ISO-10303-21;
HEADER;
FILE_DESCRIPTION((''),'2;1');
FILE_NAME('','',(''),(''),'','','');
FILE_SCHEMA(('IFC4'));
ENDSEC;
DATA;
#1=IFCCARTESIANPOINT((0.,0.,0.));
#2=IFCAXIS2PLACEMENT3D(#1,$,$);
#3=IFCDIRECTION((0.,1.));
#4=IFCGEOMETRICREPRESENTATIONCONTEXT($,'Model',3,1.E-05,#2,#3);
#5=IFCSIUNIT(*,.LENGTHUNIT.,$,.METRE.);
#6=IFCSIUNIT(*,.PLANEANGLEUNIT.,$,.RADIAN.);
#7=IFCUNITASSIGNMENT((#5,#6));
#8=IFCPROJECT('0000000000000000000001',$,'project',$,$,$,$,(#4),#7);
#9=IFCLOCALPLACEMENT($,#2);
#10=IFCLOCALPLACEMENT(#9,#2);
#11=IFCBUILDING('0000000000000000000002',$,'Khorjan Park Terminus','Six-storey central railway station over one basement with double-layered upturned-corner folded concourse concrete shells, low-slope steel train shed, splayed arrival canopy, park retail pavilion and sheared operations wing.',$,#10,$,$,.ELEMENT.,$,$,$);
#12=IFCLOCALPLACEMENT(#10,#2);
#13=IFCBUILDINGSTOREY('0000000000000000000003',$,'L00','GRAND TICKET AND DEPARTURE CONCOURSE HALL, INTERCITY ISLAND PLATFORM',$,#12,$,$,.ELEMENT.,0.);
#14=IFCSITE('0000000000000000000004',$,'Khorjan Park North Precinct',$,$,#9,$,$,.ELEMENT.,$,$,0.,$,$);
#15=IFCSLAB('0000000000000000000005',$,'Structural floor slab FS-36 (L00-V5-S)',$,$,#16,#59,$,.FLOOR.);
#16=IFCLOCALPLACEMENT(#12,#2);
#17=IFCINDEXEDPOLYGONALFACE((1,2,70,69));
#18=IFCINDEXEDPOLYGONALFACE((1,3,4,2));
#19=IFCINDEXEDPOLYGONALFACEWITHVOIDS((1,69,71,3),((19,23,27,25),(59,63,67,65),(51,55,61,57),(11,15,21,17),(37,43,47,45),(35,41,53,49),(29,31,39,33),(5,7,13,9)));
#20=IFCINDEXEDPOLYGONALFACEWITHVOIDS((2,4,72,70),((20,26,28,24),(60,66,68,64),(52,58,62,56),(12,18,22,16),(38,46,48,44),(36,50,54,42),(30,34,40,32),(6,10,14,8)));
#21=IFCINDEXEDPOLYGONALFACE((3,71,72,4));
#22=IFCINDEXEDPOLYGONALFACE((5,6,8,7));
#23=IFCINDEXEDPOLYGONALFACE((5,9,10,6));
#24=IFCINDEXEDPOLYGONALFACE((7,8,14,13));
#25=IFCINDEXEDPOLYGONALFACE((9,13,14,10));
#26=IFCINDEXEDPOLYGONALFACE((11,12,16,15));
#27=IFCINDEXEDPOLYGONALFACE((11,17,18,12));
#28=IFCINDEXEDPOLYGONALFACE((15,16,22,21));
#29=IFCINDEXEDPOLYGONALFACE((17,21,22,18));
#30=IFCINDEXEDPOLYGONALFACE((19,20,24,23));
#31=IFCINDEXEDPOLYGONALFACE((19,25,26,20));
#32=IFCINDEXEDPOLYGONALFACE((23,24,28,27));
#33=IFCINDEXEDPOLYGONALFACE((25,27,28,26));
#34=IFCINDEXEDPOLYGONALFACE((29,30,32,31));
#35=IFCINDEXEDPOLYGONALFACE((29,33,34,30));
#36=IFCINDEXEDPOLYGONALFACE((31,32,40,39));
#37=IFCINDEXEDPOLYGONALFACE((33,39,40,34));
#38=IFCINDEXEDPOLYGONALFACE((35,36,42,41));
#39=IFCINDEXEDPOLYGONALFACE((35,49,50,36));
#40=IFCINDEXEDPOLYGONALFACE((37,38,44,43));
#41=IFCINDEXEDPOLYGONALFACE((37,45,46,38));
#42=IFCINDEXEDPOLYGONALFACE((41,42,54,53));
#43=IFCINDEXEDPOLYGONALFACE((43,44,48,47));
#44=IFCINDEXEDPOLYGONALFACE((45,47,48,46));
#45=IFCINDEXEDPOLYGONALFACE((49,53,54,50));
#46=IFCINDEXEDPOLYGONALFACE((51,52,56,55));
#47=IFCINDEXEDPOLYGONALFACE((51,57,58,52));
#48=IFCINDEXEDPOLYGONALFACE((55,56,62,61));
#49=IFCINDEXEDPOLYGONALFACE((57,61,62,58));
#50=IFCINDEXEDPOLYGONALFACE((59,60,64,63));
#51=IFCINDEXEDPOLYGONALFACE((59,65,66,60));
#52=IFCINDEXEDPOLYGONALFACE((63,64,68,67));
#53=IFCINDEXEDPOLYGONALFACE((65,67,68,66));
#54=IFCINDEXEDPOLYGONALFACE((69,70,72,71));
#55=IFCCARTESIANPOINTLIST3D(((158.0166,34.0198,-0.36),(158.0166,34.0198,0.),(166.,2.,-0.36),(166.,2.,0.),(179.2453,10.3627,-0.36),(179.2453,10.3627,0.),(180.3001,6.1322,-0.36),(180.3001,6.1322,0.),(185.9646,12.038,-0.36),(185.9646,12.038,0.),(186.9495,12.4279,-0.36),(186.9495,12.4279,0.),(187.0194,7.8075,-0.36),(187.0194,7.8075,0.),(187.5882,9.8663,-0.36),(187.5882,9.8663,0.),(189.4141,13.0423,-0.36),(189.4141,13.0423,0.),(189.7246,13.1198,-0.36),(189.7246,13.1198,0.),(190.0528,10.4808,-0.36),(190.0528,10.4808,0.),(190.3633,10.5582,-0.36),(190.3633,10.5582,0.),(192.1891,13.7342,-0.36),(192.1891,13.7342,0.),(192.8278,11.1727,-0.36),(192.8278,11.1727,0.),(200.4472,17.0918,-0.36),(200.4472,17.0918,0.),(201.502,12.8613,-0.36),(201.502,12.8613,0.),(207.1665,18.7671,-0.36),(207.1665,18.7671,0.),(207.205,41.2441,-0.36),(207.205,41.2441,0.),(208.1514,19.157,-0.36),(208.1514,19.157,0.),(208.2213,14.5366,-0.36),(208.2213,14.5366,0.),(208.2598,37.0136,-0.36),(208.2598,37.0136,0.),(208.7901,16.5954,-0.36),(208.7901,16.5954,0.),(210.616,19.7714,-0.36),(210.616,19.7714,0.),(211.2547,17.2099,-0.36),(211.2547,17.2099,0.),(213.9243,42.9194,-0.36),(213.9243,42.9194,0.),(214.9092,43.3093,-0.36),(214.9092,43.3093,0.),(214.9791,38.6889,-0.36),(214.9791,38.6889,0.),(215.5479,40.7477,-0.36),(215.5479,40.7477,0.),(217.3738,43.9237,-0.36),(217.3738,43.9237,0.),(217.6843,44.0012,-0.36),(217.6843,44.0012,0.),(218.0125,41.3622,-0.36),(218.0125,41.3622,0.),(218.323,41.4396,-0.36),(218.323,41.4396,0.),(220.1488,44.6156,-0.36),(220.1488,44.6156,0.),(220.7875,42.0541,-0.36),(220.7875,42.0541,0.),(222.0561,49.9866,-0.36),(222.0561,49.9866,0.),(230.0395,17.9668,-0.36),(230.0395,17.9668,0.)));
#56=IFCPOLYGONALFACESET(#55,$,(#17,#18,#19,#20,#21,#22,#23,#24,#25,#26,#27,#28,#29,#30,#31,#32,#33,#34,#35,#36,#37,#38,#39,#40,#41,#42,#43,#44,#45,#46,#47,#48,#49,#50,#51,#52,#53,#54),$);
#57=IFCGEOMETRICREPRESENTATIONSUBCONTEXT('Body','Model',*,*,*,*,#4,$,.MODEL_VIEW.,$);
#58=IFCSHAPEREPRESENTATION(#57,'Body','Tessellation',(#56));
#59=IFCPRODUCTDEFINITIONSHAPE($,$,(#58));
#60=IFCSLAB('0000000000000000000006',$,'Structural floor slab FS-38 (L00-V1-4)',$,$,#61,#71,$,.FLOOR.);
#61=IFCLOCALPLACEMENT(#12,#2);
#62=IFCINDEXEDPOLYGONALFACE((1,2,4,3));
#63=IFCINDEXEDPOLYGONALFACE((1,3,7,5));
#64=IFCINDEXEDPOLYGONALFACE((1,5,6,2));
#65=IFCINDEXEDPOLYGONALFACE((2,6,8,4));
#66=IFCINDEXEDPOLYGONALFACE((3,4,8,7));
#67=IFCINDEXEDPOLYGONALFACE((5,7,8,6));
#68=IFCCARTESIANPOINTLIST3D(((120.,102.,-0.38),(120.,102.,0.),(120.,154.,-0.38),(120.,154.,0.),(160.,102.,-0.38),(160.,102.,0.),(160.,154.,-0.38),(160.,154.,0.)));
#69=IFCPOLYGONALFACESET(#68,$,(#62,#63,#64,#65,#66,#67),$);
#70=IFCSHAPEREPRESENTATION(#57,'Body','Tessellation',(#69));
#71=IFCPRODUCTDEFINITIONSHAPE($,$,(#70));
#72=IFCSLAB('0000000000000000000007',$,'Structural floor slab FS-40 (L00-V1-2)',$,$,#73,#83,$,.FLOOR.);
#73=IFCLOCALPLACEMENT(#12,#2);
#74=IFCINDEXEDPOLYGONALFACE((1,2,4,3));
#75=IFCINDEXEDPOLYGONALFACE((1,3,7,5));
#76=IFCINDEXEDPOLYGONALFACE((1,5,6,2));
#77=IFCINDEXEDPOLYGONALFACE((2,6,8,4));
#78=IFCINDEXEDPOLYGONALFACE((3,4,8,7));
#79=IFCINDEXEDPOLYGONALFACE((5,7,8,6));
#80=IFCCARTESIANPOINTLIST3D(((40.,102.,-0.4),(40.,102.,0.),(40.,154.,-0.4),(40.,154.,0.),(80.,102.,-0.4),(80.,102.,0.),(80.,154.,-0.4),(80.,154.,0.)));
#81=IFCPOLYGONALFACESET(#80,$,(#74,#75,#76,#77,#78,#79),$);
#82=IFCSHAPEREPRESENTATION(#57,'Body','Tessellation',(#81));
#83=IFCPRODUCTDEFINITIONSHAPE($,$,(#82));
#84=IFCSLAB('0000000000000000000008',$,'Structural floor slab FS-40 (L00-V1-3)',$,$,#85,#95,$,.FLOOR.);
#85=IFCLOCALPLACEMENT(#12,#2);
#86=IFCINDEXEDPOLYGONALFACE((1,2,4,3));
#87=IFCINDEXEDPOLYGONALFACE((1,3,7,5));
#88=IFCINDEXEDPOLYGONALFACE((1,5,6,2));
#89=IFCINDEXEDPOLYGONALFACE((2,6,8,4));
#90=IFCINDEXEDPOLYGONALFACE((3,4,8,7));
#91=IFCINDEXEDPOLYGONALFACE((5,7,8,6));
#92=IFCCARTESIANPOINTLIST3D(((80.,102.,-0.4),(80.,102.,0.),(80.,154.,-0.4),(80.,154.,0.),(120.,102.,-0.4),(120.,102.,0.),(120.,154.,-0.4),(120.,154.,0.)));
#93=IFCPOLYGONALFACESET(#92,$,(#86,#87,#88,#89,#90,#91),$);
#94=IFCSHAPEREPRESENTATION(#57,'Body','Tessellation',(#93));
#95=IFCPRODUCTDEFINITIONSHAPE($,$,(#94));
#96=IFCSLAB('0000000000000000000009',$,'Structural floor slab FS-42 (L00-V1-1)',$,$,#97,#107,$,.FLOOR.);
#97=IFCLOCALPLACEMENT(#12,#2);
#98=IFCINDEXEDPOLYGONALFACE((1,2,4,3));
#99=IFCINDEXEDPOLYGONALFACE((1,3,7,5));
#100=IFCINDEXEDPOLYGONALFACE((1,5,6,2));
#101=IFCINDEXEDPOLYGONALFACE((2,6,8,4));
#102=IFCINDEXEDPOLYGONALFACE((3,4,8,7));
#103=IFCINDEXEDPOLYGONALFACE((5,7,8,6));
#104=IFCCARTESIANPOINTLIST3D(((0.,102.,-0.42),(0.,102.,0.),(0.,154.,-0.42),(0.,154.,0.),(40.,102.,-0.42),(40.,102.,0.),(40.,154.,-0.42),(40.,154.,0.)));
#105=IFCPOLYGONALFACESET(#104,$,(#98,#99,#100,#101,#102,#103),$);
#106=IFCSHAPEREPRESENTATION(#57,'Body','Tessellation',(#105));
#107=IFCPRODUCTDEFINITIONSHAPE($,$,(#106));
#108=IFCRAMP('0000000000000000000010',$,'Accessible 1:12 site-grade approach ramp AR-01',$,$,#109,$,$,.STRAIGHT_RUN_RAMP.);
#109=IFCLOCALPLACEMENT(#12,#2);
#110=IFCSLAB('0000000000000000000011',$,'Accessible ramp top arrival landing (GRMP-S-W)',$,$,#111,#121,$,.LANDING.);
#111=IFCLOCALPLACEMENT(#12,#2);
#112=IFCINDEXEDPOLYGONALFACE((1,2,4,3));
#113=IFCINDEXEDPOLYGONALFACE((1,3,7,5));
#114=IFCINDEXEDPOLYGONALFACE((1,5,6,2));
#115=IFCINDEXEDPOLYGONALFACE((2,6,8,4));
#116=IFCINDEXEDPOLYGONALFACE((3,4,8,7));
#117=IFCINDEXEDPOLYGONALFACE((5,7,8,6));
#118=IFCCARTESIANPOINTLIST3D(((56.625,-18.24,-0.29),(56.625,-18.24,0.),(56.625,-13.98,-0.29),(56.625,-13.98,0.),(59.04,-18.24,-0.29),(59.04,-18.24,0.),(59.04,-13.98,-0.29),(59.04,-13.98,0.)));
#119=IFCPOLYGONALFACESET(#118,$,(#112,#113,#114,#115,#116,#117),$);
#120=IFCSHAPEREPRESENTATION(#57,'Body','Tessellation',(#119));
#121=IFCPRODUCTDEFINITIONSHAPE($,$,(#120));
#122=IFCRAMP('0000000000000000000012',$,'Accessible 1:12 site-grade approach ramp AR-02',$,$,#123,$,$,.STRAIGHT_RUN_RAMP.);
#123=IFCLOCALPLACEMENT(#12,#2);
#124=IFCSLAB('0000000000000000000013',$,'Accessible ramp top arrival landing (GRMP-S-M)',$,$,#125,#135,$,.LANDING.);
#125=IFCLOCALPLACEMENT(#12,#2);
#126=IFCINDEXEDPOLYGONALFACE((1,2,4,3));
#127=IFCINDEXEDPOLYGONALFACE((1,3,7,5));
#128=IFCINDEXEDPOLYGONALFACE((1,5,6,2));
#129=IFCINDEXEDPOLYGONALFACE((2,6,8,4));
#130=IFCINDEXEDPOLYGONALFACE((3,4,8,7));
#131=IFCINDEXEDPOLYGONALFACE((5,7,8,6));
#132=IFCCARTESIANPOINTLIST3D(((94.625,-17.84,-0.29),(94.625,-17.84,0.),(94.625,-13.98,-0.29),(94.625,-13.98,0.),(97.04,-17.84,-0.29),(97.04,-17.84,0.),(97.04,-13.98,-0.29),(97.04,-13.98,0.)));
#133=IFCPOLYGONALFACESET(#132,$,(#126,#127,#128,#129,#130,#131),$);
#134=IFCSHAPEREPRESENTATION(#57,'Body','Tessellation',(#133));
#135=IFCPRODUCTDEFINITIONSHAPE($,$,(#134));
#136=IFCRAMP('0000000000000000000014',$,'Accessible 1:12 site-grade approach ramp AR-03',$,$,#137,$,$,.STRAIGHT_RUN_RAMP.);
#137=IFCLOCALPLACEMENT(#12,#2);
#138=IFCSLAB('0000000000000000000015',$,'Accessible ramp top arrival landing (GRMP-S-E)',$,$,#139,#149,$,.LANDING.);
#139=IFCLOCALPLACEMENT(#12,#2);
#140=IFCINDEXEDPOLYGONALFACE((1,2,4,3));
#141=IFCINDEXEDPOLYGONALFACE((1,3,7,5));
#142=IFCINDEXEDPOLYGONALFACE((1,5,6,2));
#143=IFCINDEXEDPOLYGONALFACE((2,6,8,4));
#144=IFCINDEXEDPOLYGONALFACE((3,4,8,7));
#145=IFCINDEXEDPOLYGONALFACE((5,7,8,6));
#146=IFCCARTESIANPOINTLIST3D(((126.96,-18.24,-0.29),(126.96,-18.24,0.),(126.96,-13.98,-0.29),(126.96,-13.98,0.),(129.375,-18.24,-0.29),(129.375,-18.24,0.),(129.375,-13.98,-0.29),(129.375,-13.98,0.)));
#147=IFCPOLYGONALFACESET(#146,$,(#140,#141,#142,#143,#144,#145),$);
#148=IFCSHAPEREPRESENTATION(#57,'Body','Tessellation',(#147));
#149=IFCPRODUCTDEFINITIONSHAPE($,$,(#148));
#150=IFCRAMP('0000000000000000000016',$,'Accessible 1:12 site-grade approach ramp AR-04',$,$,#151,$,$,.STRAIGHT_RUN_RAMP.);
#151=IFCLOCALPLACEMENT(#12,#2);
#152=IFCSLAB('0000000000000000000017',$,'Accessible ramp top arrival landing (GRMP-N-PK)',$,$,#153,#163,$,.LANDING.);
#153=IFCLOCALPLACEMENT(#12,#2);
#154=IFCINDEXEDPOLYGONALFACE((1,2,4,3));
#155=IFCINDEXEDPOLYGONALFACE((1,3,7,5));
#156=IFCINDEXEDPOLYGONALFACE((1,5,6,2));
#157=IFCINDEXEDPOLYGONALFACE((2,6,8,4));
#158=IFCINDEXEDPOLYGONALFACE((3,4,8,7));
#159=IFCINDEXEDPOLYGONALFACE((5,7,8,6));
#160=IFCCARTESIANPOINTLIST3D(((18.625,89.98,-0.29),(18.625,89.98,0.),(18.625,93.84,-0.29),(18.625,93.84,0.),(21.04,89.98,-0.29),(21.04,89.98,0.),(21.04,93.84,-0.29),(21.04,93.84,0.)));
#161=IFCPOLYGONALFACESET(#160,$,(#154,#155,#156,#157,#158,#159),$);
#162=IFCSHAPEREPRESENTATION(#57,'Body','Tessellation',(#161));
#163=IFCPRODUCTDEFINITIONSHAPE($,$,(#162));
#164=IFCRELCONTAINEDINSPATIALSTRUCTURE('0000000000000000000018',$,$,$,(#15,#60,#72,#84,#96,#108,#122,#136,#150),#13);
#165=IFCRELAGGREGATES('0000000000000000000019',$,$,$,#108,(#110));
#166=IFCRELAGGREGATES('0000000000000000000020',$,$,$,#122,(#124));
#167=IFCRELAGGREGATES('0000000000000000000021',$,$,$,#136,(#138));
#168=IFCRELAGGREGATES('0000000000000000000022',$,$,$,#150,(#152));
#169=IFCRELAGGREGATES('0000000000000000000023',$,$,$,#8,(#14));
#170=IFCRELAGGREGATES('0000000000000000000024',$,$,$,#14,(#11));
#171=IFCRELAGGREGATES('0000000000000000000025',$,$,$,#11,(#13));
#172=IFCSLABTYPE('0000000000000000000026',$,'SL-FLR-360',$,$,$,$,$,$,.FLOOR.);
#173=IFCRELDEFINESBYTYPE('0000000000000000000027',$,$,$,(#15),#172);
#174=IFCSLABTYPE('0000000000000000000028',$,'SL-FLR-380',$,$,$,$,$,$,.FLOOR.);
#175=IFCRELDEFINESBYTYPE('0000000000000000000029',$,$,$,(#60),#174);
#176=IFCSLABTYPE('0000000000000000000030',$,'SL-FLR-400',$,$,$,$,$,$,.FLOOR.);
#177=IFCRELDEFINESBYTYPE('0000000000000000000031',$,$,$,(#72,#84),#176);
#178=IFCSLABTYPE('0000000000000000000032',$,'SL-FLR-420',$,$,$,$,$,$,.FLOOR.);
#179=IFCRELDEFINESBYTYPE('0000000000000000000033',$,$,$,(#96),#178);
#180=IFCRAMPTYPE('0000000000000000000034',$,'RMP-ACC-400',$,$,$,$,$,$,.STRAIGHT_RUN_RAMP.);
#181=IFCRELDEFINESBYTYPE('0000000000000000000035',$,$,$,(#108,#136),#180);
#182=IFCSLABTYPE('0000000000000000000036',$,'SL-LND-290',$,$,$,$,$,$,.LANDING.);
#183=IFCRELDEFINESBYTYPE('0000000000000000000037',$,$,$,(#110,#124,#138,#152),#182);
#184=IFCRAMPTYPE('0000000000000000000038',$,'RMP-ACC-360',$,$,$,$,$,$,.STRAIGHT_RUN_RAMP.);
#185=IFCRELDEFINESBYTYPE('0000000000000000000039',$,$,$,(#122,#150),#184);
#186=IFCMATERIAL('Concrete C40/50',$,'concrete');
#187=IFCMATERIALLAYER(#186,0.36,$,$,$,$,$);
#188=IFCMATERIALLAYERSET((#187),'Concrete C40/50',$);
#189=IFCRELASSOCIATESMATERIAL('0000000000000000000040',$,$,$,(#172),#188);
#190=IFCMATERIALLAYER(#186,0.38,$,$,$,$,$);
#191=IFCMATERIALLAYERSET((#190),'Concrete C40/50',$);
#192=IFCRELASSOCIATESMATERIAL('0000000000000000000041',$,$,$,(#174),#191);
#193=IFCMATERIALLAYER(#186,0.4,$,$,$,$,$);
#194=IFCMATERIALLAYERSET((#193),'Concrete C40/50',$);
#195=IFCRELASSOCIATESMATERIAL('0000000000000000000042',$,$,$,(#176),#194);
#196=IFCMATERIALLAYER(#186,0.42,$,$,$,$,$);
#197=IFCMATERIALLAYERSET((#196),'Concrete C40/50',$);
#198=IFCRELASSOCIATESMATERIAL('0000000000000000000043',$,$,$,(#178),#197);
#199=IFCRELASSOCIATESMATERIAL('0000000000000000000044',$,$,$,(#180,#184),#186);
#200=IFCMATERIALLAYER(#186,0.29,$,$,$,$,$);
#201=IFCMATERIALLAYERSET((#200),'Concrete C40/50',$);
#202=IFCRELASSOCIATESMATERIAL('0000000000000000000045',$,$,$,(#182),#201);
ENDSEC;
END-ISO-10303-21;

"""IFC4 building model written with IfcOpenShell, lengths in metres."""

from ifc_helpers import new_model, si_unit, direction, frame, origin, place, context, subcontext, project, spatial, polyline, outline, extrude, material, layer, layer_set, type_object, element, aggregate, save


model = new_model("IFC4")

# Units and contexts
model_context = context("Model", 3, precision=1e-05, world=origin(), true_north=direction((0.0, 1.0)))
body_context = subcontext(model_context, "Body", "Model", "MODEL_VIEW")
ifc_project = project(units=[si_unit("LENGTHUNIT", "METRE"), si_unit("PLANEANGLEUNIT", "RADIAN")], contexts=[model_context])

# Site, building, storey
site_placement = place(None, origin())
site = spatial("IfcSite", under=ifc_project, at=site_placement, Name="Khorjan Park North Precinct", CompositionType="ELEMENT", RefElevation=0.0)
building_placement = place(site_placement, origin())
building = spatial("IfcBuilding", under=site, at=building_placement, Name="Khorjan Park Terminus", Description="Six-storey central railway station over one basement with double-layered upturned-corner folded concourse concrete shells, low-slope steel train shed, splayed arrival canopy, park retail pavilion and sheared operations wing.", CompositionType="ELEMENT")
storey_placement = place(building_placement, origin())
storey = spatial("IfcBuildingStorey", under=building, at=storey_placement, Name="L00", Description="GRAND TICKET AND DEPARTURE CONCOURSE HALL, INTERCITY ISLAND PLATFORM", CompositionType="ELEMENT", Elevation=0.0)

# Slabs
ifc_material_1 = material(Name="Concrete C40/50", Category="concrete")
ifc_layer_1 = layer(ifc_material_1, 0.36)
ifc_layer_set_1 = layer_set([ifc_layer_1], Name="Concrete C40/50")
slab_type_1 = type_object("IfcSlabType", Name="SL-FLR-360", PredefinedType="FLOOR", material=ifc_layer_set_1)
slab_1_placement = place(storey_placement, frame((0.0, 0.0, -0.36)))
element("IfcSlab", 1, at=slab_1_placement, inside=storey, type_object=slab_type_1, Name="Structural floor slab FS-36 (L00-V5-S)", PredefinedType="FLOOR", context=body_context, shape_type="SweptSolid", body=[
    extrude(outline(polyline([(158.0166, 34.0198), (222.0561, 49.9866), (230.0395, 17.9668), (166.0, 2.0), (158.0166, 34.0198)]), holes=[polyline([(187.0194, 7.8075), (185.9646, 12.038), (179.2453, 10.3627), (180.3001, 6.1322), (187.0194, 7.8075)]), polyline([(190.0528, 10.4808), (189.4141, 13.0423), (186.9495, 12.4279), (187.5882, 9.8663), (190.0528, 10.4808)]), polyline([(192.8278, 11.1727), (192.1891, 13.7342), (189.7246, 13.1198), (190.3633, 10.5582), (192.8278, 11.1727)]), polyline([(208.2213, 14.5366), (207.1665, 18.7671), (200.4472, 17.0918), (201.502, 12.8613), (208.2213, 14.5366)]), polyline([(211.2547, 17.2099), (210.616, 19.7714), (208.1514, 19.157), (208.7901, 16.5954), (211.2547, 17.2099)]), polyline([(214.9791, 38.6889), (213.9243, 42.9194), (207.205, 41.2441), (208.2598, 37.0136), (214.9791, 38.6889)]), polyline([(215.5479, 40.7477), (218.0125, 41.3622), (217.3738, 43.9237), (214.9092, 43.3093), (215.5479, 40.7477)]), polyline([(218.323, 41.4396), (220.7875, 42.0541), (220.1488, 44.6156), (217.6843, 44.0012), (218.323, 41.4396)])]), origin(), (0.0, 0.0, 1.0), 0.36),
])
ifc_layer_2 = layer(ifc_material_1, 0.38)
ifc_layer_set_2 = layer_set([ifc_layer_2], Name="Concrete C40/50")
slab_type_2 = type_object("IfcSlabType", Name="SL-FLR-380", PredefinedType="FLOOR", material=ifc_layer_set_2)
slab_2_placement = place(storey_placement, frame((0.0, 0.0, -0.38)))
element("IfcSlab", 2, at=slab_2_placement, inside=storey, type_object=slab_type_2, Name="Structural floor slab FS-38 (L00-V1-4)", PredefinedType="FLOOR", context=body_context, shape_type="SweptSolid", body=[
    extrude(outline(polyline([(120.0, 154.0), (160.0, 154.0), (160.0, 102.0), (120.0, 102.0), (120.0, 154.0)])), origin(), (0.0, 0.0, 1.0), 0.38),
])
ifc_layer_3 = layer(ifc_material_1, 0.4)
ifc_layer_set_3 = layer_set([ifc_layer_3], Name="Concrete C40/50")
slab_type_3 = type_object("IfcSlabType", Name="SL-FLR-400", PredefinedType="FLOOR", material=ifc_layer_set_3)
slab_3_placement = place(storey_placement, frame((0.0, 0.0, -0.4)))
element("IfcSlab", 3, at=slab_3_placement, inside=storey, type_object=slab_type_3, Name="Structural floor slab FS-40 (L00-V1-2)", PredefinedType="FLOOR", context=body_context, shape_type="SweptSolid", body=[
    extrude(outline(polyline([(40.0, 154.0), (80.0, 154.0), (80.0, 102.0), (40.0, 102.0), (40.0, 154.0)])), origin(), (0.0, 0.0, 1.0), 0.4),
])
slab_4_placement = place(storey_placement, frame((0.0, 0.0, -0.4)))
element("IfcSlab", 4, at=slab_4_placement, inside=storey, type_object=slab_type_3, Name="Structural floor slab FS-40 (L00-V1-3)", PredefinedType="FLOOR", context=body_context, shape_type="SweptSolid", body=[
    extrude(outline(polyline([(80.0, 154.0), (120.0, 154.0), (120.0, 102.0), (80.0, 102.0), (80.0, 154.0)])), origin(), (0.0, 0.0, 1.0), 0.4),
])
ifc_layer_4 = layer(ifc_material_1, 0.42)
ifc_layer_set_4 = layer_set([ifc_layer_4], Name="Concrete C40/50")
slab_type_4 = type_object("IfcSlabType", Name="SL-FLR-420", PredefinedType="FLOOR", material=ifc_layer_set_4)
slab_5_placement = place(storey_placement, frame((0.0, 0.0, -0.42)))
element("IfcSlab", 5, at=slab_5_placement, inside=storey, type_object=slab_type_4, Name="Structural floor slab FS-42 (L00-V1-1)", PredefinedType="FLOOR", context=body_context, shape_type="SweptSolid", body=[
    extrude(outline(polyline([(0.0, 154.0), (40.0, 154.0), (40.0, 102.0), (0.0, 102.0), (0.0, 154.0)])), origin(), (0.0, 0.0, 1.0), 0.42),
])

# Ramps, slabs
ramp_type_1 = type_object("IfcRampType", Name="RMP-ACC-400", PredefinedType="STRAIGHT_RUN_RAMP", material=ifc_material_1)
ramp_1_placement = place(storey_placement, origin())
ramp_1 = element("IfcRamp", 6, at=ramp_1_placement, inside=storey, type_object=ramp_type_1, Name="Accessible 1:12 site-grade approach ramp AR-01", PredefinedType="STRAIGHT_RUN_RAMP")
ifc_layer_5 = layer(ifc_material_1, 0.29)
ifc_layer_set_5 = layer_set([ifc_layer_5], Name="Concrete C40/50")
slab_type_5 = type_object("IfcSlabType", Name="SL-LND-290", PredefinedType="LANDING", material=ifc_layer_set_5)
slab_6_placement = place(storey_placement, frame((0.0, 0.0, -0.29)))
slab_6 = element("IfcSlab", 7, at=slab_6_placement, type_object=slab_type_5, Name="Accessible ramp top arrival landing (GRMP-S-W)", PredefinedType="LANDING", context=body_context, shape_type="SweptSolid", body=[
    extrude(outline(polyline([(56.625, -18.24), (59.04, -18.24), (59.04, -13.98), (56.625, -13.98), (56.625, -18.24)])), origin(), (0.0, 0.0, 1.0), 0.29),
])
aggregate(ramp_1, [slab_6])
ramp_type_2 = type_object("IfcRampType", Name="RMP-ACC-360", PredefinedType="STRAIGHT_RUN_RAMP", material=ifc_material_1)
ramp_2_placement = place(storey_placement, origin())
ramp_2 = element("IfcRamp", 8, at=ramp_2_placement, inside=storey, type_object=ramp_type_2, Name="Accessible 1:12 site-grade approach ramp AR-02", PredefinedType="STRAIGHT_RUN_RAMP")
slab_7_placement = place(storey_placement, frame((0.0, 0.0, -0.29)))
slab_7 = element("IfcSlab", 9, at=slab_7_placement, type_object=slab_type_5, Name="Accessible ramp top arrival landing (GRMP-S-M)", PredefinedType="LANDING", context=body_context, shape_type="SweptSolid", body=[
    extrude(outline(polyline([(94.625, -17.84), (97.04, -17.84), (97.04, -13.98), (94.625, -13.98), (94.625, -17.84)])), origin(), (0.0, 0.0, 1.0), 0.29),
])
aggregate(ramp_2, [slab_7])
ramp_3_placement = place(storey_placement, origin())
ramp_3 = element("IfcRamp", 10, at=ramp_3_placement, inside=storey, type_object=ramp_type_1, Name="Accessible 1:12 site-grade approach ramp AR-03", PredefinedType="STRAIGHT_RUN_RAMP")
slab_8_placement = place(storey_placement, frame((0.0, 0.0, -0.29)))
slab_8 = element("IfcSlab", 11, at=slab_8_placement, type_object=slab_type_5, Name="Accessible ramp top arrival landing (GRMP-S-E)", PredefinedType="LANDING", context=body_context, shape_type="SweptSolid", body=[
    extrude(outline(polyline([(126.96, -18.24), (129.375, -18.24), (129.375, -13.98), (126.96, -13.98), (126.96, -18.24)])), origin(), (0.0, 0.0, 1.0), 0.29),
])
aggregate(ramp_3, [slab_8])
ramp_4_placement = place(storey_placement, origin())
ramp_4 = element("IfcRamp", 12, at=ramp_4_placement, inside=storey, type_object=ramp_type_2, Name="Accessible 1:12 site-grade approach ramp AR-04", PredefinedType="STRAIGHT_RUN_RAMP")
slab_9_placement = place(storey_placement, frame((0.0, 0.0, -0.29)))
slab_9 = element("IfcSlab", 13, at=slab_9_placement, type_object=slab_type_5, Name="Accessible ramp top arrival landing (GRMP-N-PK)", PredefinedType="LANDING", context=body_context, shape_type="SweptSolid", body=[
    extrude(outline(polyline([(18.625, 89.98), (21.04, 89.98), (21.04, 93.84), (18.625, 93.84), (18.625, 89.98)])), origin(), (0.0, 0.0, 1.0), 0.29),
])
aggregate(ramp_4, [slab_9])

save(model, "model.ifc")
